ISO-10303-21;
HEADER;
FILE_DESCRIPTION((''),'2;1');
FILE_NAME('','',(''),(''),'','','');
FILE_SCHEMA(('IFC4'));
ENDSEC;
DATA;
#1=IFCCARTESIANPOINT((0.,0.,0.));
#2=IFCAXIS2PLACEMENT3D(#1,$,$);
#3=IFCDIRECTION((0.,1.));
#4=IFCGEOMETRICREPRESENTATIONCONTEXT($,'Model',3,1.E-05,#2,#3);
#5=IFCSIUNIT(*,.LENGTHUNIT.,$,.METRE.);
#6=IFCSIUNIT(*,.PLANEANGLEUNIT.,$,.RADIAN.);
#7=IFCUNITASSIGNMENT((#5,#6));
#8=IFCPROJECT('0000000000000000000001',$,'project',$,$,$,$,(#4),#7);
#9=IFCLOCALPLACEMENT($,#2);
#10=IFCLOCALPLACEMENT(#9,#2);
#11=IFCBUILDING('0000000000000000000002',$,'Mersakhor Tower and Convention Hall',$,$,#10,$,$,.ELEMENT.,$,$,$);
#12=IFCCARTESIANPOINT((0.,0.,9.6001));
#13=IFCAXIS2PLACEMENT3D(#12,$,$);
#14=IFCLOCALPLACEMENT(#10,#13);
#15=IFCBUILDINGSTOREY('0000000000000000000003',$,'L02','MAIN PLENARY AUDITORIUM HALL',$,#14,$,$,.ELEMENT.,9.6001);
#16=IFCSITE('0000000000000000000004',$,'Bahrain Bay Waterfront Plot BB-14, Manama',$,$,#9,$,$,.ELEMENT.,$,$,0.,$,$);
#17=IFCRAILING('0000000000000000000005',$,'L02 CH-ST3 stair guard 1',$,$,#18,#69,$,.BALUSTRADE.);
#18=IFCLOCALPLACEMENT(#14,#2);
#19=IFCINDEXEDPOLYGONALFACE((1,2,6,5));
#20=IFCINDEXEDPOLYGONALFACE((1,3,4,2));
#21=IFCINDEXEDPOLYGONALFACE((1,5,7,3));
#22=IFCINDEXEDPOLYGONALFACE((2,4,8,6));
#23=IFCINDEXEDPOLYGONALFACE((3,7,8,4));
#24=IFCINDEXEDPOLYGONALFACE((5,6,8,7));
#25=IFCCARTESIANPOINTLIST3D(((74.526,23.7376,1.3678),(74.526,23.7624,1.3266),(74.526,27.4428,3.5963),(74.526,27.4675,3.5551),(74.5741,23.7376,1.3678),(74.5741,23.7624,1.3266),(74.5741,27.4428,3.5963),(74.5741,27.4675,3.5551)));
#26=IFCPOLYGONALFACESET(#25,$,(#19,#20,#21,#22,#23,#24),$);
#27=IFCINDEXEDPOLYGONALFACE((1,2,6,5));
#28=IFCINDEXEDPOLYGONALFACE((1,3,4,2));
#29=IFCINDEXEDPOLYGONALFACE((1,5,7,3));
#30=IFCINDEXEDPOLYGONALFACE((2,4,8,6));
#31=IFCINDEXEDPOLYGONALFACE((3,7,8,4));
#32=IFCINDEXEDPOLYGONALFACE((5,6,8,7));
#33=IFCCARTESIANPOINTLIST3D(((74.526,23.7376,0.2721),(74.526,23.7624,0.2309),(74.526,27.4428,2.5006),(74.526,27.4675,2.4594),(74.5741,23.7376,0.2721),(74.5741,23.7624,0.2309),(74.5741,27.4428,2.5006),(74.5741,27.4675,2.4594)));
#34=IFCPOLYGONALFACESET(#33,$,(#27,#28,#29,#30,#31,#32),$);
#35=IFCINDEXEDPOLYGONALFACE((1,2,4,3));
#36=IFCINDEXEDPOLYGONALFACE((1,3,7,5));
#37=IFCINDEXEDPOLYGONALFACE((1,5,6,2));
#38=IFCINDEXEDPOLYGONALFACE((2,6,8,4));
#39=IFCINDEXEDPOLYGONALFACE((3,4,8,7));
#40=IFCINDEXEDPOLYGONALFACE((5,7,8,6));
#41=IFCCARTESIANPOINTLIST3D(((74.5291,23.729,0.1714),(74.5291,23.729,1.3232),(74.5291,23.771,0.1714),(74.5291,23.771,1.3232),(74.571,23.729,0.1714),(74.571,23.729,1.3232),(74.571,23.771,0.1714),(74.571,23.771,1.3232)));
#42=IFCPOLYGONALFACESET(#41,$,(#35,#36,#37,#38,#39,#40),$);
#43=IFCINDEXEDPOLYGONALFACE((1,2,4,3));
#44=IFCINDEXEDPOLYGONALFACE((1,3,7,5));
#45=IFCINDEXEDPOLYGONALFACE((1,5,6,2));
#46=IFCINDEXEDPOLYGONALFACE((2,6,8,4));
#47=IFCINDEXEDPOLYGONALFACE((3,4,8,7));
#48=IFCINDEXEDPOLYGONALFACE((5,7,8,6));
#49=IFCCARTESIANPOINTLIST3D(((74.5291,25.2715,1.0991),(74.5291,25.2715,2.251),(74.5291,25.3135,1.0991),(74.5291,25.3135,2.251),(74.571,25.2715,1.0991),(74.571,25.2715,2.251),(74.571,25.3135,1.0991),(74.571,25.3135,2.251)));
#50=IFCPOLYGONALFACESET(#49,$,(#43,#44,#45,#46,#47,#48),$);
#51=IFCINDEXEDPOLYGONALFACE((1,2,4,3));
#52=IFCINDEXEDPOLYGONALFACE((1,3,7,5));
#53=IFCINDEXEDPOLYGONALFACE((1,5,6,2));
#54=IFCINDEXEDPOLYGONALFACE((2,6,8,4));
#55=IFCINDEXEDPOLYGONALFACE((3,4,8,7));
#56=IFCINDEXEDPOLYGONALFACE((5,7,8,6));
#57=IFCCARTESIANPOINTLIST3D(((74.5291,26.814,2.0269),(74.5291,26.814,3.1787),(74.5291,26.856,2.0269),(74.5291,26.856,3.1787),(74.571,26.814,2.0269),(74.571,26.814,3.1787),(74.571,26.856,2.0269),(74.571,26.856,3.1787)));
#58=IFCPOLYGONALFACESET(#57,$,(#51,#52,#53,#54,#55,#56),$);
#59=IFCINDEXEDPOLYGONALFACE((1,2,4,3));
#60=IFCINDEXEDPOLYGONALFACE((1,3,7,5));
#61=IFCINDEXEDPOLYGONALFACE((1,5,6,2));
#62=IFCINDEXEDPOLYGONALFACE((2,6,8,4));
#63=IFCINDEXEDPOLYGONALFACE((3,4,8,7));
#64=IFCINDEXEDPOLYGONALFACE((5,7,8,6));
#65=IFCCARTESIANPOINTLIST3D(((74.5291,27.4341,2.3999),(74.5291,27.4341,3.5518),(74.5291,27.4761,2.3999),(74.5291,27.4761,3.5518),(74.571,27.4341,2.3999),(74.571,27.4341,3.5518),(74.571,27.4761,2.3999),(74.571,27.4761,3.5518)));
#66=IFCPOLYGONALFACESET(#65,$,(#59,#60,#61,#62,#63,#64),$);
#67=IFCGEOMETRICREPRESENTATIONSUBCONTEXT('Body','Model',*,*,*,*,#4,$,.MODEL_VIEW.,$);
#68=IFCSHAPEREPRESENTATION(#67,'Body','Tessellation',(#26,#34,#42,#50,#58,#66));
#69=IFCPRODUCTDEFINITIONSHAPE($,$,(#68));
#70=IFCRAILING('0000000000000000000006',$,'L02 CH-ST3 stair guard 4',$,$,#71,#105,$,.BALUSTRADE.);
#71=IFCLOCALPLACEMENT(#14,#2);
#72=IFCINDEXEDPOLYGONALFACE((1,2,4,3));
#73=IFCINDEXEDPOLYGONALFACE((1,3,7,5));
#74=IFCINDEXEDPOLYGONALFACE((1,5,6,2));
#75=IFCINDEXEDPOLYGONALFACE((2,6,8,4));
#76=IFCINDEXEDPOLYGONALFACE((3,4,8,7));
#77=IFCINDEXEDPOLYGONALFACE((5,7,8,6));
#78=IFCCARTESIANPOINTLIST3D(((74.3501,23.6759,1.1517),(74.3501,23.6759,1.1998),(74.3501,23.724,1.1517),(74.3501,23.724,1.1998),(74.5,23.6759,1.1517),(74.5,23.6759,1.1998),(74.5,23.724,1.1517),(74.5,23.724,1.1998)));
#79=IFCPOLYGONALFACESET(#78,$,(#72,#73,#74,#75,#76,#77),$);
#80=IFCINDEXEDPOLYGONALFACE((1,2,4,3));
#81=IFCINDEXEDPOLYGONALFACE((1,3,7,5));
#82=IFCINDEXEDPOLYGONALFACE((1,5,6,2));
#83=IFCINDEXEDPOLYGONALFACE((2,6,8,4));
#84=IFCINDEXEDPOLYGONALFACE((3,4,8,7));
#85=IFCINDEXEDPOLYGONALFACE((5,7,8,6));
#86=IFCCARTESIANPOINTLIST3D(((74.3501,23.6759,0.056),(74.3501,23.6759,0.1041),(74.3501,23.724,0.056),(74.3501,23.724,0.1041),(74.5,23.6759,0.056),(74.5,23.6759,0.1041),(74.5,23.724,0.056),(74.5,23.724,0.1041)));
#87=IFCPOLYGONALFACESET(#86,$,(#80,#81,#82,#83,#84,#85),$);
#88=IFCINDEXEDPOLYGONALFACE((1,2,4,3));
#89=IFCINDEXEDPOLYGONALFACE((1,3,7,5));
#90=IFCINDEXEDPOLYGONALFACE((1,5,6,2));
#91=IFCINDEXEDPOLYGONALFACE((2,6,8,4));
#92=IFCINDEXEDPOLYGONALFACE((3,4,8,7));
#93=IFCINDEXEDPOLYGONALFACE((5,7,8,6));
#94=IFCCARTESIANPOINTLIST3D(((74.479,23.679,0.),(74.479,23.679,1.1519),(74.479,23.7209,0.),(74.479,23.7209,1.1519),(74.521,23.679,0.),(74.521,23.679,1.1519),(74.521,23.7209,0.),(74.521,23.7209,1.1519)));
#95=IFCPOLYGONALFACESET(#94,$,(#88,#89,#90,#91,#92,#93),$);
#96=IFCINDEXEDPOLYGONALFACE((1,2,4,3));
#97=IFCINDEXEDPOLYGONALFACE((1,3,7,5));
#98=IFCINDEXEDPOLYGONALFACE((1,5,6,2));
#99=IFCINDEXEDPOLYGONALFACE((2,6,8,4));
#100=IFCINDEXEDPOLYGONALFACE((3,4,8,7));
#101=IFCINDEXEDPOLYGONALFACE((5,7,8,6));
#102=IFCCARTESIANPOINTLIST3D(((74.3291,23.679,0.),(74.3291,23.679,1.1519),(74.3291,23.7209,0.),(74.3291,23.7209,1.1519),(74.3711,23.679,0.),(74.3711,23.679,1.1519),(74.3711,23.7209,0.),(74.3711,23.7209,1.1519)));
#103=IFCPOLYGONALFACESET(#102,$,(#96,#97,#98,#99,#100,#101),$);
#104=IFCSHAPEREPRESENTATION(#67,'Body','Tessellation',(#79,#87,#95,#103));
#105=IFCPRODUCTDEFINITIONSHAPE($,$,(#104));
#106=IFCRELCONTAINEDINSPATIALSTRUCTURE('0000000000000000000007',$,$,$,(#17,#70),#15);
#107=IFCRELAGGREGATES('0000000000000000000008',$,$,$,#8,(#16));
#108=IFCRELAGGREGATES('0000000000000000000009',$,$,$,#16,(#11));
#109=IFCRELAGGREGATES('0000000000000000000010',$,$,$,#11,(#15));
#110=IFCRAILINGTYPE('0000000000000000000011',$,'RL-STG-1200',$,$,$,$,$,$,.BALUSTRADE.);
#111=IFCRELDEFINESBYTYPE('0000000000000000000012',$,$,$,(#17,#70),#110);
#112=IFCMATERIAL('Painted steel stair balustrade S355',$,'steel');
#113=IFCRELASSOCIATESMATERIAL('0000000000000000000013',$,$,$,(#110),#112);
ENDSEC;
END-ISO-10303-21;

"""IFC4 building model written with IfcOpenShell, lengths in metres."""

from ifc_helpers import new_model, si_unit, direction, frame, origin, origin_2d, place, context, subcontext, project, spatial, rectangle, extrude, material, type_object, element, save


model = new_model("IFC4")

# Units and contexts
model_context = context("Model", 3, precision=1e-05, world=origin(), true_north=direction((0.0, 1.0)))
body_context = subcontext(model_context, "Body", "Model", "MODEL_VIEW")
ifc_project = project(units=[si_unit("LENGTHUNIT", "METRE"), si_unit("PLANEANGLEUNIT", "RADIAN")], contexts=[model_context])

# Site, building, storey
site_placement = place(None, origin())
site = spatial("IfcSite", under=ifc_project, at=site_placement, Name="Bahrain Bay Waterfront Plot BB-14, Manama", CompositionType="ELEMENT", RefElevation=0.0)
building_placement = place(site_placement, origin())
building = spatial("IfcBuilding", under=site, at=building_placement, Name="Mersakhor Tower and Convention Hall", CompositionType="ELEMENT")
storey_placement = place(building_placement, frame((0.0, 0.0, 9.6001)))
storey = spatial("IfcBuildingStorey", under=building, at=storey_placement, Name="L02", Description="MAIN PLENARY AUDITORIUM HALL", CompositionType="ELEMENT", Elevation=9.6001)

# Railings
ifc_material_1 = material(Name="Painted steel stair balustrade S355", Category="steel")
railing_type_1 = type_object("IfcRailingType", Name="RL-STG-1200", PredefinedType="BALUSTRADE", material=ifc_material_1)
railing_1_placement = place(storey_placement, frame((74.55, 23.75, 0.1714)))
element("IfcRailing", 1, at=railing_1_placement, inside=storey, type_object=railing_type_1, Name="L02 CH-ST3 stair guard 1", PredefinedType="BALUSTRADE", context=body_context, shape_type="SweptSolid", body=[
    extrude(rectangle(XDim=0.0481, YDim=0.0481, at=origin_2d()), frame((0.0, 0.0, 1.1758), z_axis=(0.0, 0.856934, 0.515425), x_axis=(-1.0, 0.0, 0.0)), (0.0, 0.0, 1.0), 4.3237),
    extrude(rectangle(XDim=0.0481, YDim=0.0481, at=origin_2d()), frame((0.0, 0.0, 0.0801), z_axis=(0.0, 0.856934, 0.515425), x_axis=(-1.0, 0.0, 0.0)), (0.0, 0.0, 1.0), 4.3237),
    extrude(rectangle(XDim=0.042, YDim=0.042, at=origin_2d()), origin(), (0.0, 0.0, 1.0), 1.1519),
    extrude(rectangle(XDim=0.042, YDim=0.042, at=origin_2d()), frame((0.0, 1.5425, 0.9277)), (0.0, 0.0, 1.0), 1.1519),
    extrude(rectangle(XDim=0.042, YDim=0.042, at=origin_2d()), frame((0.0, 3.085, 1.8555)), (0.0, 0.0, 1.0), 1.1519),
    extrude(rectangle(XDim=0.042, YDim=0.042, at=origin_2d()), frame((0.0, 3.7051, 2.2285)), (0.0, 0.0, 1.0), 1.1519),
])
railing_2_placement = place(storey_placement, frame((74.5, 23.7, 0.0)))
element("IfcRailing", 2, at=railing_2_placement, inside=storey, type_object=railing_type_1, Name="L02 CH-ST3 stair guard 4", PredefinedType="BALUSTRADE", context=body_context, shape_type="SweptSolid", body=[
    extrude(rectangle(XDim=0.0481, YDim=0.0481, at=origin_2d()), frame((0.0, 0.0, 1.1758), z_axis=(-1.0, 0.0, 0.0), x_axis=(0.0, -1.0, 0.0)), (0.0, 0.0, 1.0), 0.1499),
    extrude(rectangle(XDim=0.0481, YDim=0.0481, at=origin_2d()), frame((0.0, 0.0, 0.0801), z_axis=(-1.0, 0.0, 0.0), x_axis=(0.0, -1.0, 0.0)), (0.0, 0.0, 1.0), 0.1499),
    extrude(rectangle(XDim=0.042, YDim=0.042, at=origin_2d()), origin(), (0.0, 0.0, 1.0), 1.1519),
    extrude(rectangle(XDim=0.042, YDim=0.042, at=origin_2d()), frame((-0.1499, 0.0, 0.0)), (0.0, 0.0, 1.0), 1.1519),
])

save(model, "model.ifc")
